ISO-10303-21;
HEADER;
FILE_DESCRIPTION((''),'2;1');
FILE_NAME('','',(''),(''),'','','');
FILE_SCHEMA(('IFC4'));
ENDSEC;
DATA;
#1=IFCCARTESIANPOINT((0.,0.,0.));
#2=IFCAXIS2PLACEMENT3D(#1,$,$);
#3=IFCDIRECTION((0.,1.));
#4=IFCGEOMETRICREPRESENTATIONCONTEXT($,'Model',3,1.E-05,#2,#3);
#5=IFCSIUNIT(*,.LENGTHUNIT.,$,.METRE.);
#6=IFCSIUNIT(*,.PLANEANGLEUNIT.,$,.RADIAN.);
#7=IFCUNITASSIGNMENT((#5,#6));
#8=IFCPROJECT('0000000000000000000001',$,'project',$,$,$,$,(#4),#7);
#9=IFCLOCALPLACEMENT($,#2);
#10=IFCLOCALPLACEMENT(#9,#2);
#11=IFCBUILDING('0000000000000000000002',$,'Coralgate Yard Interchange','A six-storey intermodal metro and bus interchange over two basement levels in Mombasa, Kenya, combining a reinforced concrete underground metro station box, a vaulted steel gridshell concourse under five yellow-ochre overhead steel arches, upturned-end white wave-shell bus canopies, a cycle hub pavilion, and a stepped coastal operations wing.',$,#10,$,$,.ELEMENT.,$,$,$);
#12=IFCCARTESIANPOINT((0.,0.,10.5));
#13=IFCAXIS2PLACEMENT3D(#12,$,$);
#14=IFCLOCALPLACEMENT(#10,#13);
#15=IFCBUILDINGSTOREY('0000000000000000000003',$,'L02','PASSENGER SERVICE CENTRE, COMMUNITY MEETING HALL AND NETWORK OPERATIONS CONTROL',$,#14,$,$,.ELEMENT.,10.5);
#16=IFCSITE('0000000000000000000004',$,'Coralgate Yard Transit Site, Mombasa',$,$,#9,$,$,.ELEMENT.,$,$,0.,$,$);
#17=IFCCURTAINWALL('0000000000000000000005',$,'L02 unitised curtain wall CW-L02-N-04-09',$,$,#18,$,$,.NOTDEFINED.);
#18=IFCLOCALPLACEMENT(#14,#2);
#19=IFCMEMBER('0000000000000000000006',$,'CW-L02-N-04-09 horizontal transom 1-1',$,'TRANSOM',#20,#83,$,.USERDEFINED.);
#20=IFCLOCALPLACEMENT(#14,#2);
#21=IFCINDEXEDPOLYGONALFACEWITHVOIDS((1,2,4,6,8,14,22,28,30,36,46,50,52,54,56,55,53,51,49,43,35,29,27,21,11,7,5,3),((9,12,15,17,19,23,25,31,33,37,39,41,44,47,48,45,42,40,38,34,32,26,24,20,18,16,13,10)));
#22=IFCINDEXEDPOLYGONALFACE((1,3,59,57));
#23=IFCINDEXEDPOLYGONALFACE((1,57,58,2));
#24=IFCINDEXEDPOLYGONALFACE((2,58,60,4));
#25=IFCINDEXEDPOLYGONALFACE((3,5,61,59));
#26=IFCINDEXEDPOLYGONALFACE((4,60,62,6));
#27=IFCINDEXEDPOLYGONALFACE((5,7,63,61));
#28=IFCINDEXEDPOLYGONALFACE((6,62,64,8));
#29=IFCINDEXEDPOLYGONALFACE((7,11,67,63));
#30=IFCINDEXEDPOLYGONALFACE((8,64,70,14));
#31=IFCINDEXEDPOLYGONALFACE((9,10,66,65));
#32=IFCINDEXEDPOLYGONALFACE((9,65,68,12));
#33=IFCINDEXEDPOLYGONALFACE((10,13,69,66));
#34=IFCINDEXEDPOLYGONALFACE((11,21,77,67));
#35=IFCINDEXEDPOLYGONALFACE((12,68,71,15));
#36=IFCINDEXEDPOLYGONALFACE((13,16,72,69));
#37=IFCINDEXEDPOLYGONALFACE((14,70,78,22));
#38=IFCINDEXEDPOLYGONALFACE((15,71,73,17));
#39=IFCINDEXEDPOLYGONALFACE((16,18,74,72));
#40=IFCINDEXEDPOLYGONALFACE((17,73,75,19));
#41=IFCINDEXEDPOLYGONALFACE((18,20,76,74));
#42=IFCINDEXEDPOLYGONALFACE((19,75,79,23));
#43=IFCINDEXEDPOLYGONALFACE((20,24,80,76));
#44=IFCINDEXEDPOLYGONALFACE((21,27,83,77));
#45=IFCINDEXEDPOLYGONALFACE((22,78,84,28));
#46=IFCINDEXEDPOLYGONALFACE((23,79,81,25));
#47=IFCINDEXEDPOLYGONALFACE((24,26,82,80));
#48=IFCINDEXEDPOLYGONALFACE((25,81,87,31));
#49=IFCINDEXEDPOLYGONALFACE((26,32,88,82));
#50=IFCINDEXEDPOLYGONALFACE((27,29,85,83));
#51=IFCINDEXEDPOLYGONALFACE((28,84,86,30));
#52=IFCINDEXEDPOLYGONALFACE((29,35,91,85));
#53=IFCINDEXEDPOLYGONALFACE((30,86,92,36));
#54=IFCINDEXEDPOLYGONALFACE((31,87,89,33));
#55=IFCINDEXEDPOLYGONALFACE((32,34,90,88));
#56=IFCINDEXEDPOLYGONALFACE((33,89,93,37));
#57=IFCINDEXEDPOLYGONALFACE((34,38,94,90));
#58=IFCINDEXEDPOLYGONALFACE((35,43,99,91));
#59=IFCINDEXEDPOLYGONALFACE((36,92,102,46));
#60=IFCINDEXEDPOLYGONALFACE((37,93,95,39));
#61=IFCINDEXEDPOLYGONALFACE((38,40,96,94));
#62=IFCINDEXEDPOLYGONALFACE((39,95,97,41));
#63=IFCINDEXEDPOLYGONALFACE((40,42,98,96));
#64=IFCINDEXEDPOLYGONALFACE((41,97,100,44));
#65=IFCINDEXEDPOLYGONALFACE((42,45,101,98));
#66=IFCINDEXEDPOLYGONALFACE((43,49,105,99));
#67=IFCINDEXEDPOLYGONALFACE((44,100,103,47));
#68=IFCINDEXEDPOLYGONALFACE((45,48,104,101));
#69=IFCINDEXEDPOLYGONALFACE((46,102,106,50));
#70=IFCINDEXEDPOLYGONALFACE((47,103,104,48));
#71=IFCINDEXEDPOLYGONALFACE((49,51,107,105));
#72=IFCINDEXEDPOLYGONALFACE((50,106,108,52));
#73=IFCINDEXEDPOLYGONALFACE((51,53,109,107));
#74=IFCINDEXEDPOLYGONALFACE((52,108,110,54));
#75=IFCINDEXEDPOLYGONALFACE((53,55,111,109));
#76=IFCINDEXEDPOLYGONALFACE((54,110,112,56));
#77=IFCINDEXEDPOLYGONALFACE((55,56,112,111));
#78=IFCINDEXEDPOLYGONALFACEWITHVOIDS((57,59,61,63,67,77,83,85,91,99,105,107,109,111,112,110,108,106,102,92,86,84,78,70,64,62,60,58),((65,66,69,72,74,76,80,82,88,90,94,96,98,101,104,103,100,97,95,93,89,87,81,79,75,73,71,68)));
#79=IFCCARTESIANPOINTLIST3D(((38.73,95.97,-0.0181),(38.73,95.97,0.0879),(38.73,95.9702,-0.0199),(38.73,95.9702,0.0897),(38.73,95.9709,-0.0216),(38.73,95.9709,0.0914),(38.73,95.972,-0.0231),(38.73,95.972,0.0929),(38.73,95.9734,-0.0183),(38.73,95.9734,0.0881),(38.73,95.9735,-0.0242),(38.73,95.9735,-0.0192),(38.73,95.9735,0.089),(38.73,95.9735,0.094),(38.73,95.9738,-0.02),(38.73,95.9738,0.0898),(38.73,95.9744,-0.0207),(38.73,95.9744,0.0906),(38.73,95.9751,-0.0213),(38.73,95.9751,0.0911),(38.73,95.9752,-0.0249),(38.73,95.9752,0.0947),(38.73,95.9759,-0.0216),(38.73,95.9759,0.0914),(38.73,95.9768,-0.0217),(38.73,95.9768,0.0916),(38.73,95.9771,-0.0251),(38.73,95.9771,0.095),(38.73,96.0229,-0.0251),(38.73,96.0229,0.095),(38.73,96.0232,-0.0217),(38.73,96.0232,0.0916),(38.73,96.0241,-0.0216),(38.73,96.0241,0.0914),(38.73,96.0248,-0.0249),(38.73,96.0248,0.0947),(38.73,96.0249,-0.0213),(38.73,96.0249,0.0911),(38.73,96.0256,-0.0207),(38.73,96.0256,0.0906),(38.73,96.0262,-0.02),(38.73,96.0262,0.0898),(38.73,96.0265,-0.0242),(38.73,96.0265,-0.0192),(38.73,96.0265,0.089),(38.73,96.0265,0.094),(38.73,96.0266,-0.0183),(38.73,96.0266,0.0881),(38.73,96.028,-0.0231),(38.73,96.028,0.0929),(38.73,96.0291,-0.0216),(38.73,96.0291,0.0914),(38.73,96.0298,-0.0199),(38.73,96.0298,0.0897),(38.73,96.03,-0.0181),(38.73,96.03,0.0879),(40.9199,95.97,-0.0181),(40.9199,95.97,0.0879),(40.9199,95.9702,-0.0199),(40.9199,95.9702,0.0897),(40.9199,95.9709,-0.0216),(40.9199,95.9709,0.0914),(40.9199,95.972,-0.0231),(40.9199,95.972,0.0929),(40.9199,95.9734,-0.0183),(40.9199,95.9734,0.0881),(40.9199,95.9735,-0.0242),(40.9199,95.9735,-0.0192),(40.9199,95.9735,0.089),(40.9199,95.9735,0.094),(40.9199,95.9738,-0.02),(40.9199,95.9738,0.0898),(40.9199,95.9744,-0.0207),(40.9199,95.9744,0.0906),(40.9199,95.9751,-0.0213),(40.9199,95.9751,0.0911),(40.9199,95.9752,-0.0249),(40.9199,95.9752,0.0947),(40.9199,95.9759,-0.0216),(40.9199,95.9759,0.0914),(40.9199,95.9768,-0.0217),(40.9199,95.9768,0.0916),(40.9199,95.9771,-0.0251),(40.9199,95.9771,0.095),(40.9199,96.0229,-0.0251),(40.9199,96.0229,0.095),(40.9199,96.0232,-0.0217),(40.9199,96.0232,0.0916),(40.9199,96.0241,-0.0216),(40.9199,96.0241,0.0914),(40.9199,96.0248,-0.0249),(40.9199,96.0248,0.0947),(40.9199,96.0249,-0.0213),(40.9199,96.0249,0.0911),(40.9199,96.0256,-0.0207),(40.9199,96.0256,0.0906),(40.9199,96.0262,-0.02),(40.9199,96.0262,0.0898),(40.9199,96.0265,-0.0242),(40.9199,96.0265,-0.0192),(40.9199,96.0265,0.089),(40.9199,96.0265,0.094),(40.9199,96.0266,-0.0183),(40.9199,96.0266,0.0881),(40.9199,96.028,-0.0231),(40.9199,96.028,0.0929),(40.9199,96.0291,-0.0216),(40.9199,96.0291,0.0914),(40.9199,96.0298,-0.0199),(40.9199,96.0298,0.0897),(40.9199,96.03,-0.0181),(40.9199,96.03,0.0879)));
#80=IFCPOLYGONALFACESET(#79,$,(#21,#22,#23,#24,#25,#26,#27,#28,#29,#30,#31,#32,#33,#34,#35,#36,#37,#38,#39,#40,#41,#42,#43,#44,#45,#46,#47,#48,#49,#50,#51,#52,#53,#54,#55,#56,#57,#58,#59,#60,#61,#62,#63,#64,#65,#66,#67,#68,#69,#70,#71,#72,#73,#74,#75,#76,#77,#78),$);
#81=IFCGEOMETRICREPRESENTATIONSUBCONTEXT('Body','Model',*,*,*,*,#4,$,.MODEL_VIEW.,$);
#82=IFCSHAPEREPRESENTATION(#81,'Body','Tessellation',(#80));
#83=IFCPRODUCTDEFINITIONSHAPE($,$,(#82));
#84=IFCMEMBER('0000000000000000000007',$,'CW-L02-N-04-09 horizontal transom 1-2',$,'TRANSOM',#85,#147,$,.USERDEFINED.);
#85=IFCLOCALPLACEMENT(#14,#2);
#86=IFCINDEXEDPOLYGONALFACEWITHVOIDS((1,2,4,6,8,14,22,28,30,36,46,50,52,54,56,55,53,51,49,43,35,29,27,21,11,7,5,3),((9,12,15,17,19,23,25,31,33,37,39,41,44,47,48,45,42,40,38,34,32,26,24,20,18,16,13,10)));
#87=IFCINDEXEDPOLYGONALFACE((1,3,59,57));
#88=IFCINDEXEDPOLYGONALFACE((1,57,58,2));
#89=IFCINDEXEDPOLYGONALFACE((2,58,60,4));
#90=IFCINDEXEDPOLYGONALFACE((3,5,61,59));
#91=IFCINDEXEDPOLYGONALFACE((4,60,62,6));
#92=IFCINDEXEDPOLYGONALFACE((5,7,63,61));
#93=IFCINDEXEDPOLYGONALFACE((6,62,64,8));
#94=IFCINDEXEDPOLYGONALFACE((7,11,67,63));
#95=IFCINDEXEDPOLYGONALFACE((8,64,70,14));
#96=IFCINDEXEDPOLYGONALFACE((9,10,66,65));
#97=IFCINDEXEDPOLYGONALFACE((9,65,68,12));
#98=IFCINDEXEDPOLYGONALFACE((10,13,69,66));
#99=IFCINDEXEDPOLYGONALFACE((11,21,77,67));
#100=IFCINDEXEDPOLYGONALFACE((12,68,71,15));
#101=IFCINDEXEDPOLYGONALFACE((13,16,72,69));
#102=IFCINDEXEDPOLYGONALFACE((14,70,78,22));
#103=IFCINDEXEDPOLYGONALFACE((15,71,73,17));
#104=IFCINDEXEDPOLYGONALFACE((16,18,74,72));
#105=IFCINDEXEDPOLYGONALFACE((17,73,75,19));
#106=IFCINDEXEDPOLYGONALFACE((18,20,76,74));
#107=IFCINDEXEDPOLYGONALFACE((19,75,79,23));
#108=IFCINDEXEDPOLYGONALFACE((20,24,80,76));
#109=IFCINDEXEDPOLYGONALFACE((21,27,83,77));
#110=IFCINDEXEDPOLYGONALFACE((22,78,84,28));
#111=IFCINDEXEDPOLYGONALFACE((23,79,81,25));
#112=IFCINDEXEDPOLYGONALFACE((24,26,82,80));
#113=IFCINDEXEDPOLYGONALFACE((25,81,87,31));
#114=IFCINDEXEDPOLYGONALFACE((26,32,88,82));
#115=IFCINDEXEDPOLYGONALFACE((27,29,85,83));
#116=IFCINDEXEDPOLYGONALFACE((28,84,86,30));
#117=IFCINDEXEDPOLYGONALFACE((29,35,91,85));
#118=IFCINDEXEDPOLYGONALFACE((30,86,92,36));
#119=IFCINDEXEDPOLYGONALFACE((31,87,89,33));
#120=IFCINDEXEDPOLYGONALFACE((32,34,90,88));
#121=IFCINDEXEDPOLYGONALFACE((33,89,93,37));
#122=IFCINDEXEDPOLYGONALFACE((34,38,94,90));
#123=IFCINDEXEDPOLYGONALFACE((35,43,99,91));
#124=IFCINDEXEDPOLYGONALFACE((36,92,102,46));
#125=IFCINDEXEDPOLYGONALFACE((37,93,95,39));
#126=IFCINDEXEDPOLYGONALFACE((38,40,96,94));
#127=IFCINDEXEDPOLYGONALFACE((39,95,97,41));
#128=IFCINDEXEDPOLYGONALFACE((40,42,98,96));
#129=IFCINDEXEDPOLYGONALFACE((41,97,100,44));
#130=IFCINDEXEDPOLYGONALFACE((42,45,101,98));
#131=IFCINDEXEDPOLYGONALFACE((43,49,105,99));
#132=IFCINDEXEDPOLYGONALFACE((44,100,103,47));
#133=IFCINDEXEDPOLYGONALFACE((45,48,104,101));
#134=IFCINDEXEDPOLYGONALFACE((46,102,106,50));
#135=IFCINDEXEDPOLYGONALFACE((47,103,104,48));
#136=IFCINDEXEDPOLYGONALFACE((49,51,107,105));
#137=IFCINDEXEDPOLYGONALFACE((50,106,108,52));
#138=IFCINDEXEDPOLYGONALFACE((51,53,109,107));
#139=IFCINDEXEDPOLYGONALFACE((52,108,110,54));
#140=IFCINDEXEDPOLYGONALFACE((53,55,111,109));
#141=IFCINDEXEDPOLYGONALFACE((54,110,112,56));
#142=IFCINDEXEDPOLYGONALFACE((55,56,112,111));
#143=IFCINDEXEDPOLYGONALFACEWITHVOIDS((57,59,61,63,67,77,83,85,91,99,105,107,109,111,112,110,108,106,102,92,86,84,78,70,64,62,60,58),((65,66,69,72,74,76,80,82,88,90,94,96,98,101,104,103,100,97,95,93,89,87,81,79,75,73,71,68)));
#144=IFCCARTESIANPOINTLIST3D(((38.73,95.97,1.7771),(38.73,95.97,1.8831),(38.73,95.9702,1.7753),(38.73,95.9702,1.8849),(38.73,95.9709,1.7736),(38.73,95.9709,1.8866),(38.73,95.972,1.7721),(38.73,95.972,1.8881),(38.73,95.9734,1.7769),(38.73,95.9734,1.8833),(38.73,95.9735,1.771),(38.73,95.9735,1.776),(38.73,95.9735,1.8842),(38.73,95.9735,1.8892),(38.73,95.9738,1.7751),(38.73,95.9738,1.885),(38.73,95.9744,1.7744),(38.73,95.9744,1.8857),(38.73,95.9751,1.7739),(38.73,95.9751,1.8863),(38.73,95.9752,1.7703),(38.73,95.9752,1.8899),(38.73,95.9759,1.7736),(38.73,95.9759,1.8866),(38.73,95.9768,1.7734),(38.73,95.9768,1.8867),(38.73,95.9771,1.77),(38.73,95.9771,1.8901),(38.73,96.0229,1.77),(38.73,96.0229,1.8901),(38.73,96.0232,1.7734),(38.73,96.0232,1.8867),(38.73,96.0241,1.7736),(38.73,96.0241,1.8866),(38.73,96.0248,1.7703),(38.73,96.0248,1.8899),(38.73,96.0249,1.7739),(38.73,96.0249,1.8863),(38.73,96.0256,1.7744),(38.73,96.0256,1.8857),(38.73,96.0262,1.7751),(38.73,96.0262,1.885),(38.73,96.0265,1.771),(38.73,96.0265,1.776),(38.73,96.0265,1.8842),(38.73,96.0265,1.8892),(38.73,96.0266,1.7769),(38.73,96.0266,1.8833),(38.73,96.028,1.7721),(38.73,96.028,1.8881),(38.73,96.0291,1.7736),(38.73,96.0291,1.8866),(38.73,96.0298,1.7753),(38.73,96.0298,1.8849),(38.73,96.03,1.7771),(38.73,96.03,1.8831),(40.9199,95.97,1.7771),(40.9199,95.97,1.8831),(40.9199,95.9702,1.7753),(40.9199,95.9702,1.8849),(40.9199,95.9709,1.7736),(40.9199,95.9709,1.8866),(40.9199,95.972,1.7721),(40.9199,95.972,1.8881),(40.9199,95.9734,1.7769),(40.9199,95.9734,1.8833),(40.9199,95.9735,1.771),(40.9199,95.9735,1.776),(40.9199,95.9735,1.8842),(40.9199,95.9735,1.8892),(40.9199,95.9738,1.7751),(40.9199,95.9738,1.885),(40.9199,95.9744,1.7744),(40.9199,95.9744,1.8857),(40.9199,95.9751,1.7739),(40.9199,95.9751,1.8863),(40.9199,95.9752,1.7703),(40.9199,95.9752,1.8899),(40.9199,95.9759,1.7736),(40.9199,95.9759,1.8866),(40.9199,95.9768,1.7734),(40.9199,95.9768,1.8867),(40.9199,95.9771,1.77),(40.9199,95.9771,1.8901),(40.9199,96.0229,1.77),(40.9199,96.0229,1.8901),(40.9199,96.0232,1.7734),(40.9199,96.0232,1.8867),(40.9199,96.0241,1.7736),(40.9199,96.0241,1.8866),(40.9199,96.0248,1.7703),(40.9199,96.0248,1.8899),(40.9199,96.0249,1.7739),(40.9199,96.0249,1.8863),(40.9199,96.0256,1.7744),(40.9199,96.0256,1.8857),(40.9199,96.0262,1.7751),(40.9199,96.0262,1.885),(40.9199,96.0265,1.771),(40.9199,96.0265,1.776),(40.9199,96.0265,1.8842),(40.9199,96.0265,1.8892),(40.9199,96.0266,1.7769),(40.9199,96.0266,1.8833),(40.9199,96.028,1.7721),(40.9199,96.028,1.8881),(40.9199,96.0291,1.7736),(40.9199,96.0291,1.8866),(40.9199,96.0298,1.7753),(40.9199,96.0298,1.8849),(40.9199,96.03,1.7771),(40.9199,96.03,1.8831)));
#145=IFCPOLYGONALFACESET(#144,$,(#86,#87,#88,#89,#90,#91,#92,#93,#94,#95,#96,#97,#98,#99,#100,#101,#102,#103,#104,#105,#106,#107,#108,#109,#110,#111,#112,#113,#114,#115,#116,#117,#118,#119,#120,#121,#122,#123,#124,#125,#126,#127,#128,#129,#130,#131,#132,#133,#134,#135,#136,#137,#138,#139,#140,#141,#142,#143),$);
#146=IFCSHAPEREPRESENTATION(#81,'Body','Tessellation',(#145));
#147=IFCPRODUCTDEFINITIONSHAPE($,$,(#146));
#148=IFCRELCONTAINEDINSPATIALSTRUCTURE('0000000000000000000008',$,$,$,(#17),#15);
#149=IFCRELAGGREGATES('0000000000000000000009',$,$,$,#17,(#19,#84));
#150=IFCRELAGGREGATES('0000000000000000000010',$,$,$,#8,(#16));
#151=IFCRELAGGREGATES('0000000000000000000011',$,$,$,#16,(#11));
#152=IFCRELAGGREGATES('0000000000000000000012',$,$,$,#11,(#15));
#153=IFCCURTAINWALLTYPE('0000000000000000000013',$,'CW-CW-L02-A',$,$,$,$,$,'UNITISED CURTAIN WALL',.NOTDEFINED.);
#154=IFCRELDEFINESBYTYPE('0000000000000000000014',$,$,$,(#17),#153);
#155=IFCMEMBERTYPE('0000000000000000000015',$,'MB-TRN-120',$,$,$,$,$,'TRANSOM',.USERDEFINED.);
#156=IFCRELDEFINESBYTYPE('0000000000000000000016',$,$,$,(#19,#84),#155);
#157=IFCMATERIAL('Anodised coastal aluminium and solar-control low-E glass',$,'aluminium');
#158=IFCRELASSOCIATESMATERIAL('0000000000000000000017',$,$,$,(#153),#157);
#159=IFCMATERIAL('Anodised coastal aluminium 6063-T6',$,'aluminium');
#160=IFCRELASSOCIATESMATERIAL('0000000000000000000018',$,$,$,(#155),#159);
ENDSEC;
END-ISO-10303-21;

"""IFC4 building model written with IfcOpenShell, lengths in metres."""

from ifc_helpers import new_model, si_unit, direction, frame, origin, origin_2d, place, context, subcontext, project, spatial, hollow_rectangle, extrude, material, material_profile, profile_set, type_object, element, aggregate, save


model = new_model("IFC4")

# Units and contexts
model_context = context("Model", 3, precision=1e-05, world=origin(), true_north=direction((0.0, 1.0)))
body_context = subcontext(model_context, "Body", "Model", "MODEL_VIEW")
ifc_project = project(units=[si_unit("LENGTHUNIT", "METRE"), si_unit("PLANEANGLEUNIT", "RADIAN")], contexts=[model_context])

# Site, building, storey
site_placement = place(None, origin())
site = spatial("IfcSite", under=ifc_project, at=site_placement, Name="Coralgate Yard Transit Site, Mombasa", CompositionType="ELEMENT", RefElevation=0.0)
building_placement = place(site_placement, origin())
building = spatial("IfcBuilding", under=site, at=building_placement, Name="Coralgate Yard Interchange", Description="A six-storey intermodal metro and bus interchange over two basement levels in Mombasa, Kenya, combining a reinforced concrete underground metro station box, a vaulted steel gridshell concourse under five yellow-ochre overhead steel arches, upturned-end white wave-shell bus canopies, a cycle hub pavilion, and a stepped coastal operations wing.", CompositionType="ELEMENT")
storey_placement = place(building_placement, frame((0.0, 0.0, 10.5)))
storey = spatial("IfcBuildingStorey", under=building, at=storey_placement, Name="L02", Description="PASSENGER SERVICE CENTRE, COMMUNITY MEETING HALL AND NETWORK OPERATIONS CONTROL", CompositionType="ELEMENT", Elevation=10.5)

# Curtain wall
ifc_material_1 = material(Name="Anodised coastal aluminium and solar-control low-E glass", Category="aluminium")
curtain_wall_type = type_object("IfcCurtainWallType", Name="CW-CW-L02-A", ElementType="UNITISED CURTAIN WALL", PredefinedType="NOTDEFINED", material=ifc_material_1)
ifc_material_2 = material(Name="Anodised coastal aluminium 6063-T6", Category="aluminium")
curtain_wall_1_placement = place(storey_placement, origin())
curtain_wall_1 = element("IfcCurtainWall", 1, at=curtain_wall_1_placement, inside=storey, type_object=curtain_wall_type, Name="L02 unitised curtain wall CW-L02-N-04-09", PredefinedType="NOTDEFINED")

# Members
ifc_material_profile_1 = material_profile(ifc_material_2, hollow_rectangle(XDim=0.0601, YDim=0.1201, WallThickness=0.0034, InnerFilletRadius=0.0034, OuterFilletRadius=0.0071, at=origin_2d()), Name="ALU 60x120x3.5")
ifc_profile_set_1 = profile_set([ifc_material_profile_1], Name="Anodised coastal aluminium 6063-T6")
member_type_1 = type_object("IfcMemberType", Name="MB-TRN-120", ElementType="TRANSOM", PredefinedType="USERDEFINED", material=ifc_profile_set_1)
member_1_placement = place(storey_placement, frame((38.73, 96.0, 0.0349), z_axis=(1.0, 0.0, 0.0), x_axis=(0.0, 1.0, 0.0)))
member_1 = element("IfcMember", 2, at=member_1_placement, type_object=member_type_1, Name="CW-L02-N-04-09 horizontal transom 1-1", ObjectType="TRANSOM", PredefinedType="USERDEFINED", context=body_context, shape_type="SweptSolid", body=[
    extrude(hollow_rectangle(XDim=0.0601, YDim=0.1201, WallThickness=0.0034, InnerFilletRadius=0.0034, OuterFilletRadius=0.0071, at=origin_2d()), origin(), (0.0, 0.0, 1.0), 2.1899),
])
member_2_placement = place(storey_placement, frame((38.73, 96.0, 1.8301), z_axis=(1.0, 0.0, 0.0), x_axis=(0.0, 1.0, 0.0)))
member_2 = element("IfcMember", 3, at=member_2_placement, type_object=member_type_1, Name="CW-L02-N-04-09 horizontal transom 1-2", ObjectType="TRANSOM", PredefinedType="USERDEFINED", context=body_context, shape_type="SweptSolid", body=[
    extrude(hollow_rectangle(XDim=0.0601, YDim=0.1201, WallThickness=0.0034, InnerFilletRadius=0.0034, OuterFilletRadius=0.0071, at=origin_2d()), origin(), (0.0, 0.0, 1.0), 2.1899),
])

aggregate(curtain_wall_1, [member_1, member_2])

save(model, "model.ifc")
